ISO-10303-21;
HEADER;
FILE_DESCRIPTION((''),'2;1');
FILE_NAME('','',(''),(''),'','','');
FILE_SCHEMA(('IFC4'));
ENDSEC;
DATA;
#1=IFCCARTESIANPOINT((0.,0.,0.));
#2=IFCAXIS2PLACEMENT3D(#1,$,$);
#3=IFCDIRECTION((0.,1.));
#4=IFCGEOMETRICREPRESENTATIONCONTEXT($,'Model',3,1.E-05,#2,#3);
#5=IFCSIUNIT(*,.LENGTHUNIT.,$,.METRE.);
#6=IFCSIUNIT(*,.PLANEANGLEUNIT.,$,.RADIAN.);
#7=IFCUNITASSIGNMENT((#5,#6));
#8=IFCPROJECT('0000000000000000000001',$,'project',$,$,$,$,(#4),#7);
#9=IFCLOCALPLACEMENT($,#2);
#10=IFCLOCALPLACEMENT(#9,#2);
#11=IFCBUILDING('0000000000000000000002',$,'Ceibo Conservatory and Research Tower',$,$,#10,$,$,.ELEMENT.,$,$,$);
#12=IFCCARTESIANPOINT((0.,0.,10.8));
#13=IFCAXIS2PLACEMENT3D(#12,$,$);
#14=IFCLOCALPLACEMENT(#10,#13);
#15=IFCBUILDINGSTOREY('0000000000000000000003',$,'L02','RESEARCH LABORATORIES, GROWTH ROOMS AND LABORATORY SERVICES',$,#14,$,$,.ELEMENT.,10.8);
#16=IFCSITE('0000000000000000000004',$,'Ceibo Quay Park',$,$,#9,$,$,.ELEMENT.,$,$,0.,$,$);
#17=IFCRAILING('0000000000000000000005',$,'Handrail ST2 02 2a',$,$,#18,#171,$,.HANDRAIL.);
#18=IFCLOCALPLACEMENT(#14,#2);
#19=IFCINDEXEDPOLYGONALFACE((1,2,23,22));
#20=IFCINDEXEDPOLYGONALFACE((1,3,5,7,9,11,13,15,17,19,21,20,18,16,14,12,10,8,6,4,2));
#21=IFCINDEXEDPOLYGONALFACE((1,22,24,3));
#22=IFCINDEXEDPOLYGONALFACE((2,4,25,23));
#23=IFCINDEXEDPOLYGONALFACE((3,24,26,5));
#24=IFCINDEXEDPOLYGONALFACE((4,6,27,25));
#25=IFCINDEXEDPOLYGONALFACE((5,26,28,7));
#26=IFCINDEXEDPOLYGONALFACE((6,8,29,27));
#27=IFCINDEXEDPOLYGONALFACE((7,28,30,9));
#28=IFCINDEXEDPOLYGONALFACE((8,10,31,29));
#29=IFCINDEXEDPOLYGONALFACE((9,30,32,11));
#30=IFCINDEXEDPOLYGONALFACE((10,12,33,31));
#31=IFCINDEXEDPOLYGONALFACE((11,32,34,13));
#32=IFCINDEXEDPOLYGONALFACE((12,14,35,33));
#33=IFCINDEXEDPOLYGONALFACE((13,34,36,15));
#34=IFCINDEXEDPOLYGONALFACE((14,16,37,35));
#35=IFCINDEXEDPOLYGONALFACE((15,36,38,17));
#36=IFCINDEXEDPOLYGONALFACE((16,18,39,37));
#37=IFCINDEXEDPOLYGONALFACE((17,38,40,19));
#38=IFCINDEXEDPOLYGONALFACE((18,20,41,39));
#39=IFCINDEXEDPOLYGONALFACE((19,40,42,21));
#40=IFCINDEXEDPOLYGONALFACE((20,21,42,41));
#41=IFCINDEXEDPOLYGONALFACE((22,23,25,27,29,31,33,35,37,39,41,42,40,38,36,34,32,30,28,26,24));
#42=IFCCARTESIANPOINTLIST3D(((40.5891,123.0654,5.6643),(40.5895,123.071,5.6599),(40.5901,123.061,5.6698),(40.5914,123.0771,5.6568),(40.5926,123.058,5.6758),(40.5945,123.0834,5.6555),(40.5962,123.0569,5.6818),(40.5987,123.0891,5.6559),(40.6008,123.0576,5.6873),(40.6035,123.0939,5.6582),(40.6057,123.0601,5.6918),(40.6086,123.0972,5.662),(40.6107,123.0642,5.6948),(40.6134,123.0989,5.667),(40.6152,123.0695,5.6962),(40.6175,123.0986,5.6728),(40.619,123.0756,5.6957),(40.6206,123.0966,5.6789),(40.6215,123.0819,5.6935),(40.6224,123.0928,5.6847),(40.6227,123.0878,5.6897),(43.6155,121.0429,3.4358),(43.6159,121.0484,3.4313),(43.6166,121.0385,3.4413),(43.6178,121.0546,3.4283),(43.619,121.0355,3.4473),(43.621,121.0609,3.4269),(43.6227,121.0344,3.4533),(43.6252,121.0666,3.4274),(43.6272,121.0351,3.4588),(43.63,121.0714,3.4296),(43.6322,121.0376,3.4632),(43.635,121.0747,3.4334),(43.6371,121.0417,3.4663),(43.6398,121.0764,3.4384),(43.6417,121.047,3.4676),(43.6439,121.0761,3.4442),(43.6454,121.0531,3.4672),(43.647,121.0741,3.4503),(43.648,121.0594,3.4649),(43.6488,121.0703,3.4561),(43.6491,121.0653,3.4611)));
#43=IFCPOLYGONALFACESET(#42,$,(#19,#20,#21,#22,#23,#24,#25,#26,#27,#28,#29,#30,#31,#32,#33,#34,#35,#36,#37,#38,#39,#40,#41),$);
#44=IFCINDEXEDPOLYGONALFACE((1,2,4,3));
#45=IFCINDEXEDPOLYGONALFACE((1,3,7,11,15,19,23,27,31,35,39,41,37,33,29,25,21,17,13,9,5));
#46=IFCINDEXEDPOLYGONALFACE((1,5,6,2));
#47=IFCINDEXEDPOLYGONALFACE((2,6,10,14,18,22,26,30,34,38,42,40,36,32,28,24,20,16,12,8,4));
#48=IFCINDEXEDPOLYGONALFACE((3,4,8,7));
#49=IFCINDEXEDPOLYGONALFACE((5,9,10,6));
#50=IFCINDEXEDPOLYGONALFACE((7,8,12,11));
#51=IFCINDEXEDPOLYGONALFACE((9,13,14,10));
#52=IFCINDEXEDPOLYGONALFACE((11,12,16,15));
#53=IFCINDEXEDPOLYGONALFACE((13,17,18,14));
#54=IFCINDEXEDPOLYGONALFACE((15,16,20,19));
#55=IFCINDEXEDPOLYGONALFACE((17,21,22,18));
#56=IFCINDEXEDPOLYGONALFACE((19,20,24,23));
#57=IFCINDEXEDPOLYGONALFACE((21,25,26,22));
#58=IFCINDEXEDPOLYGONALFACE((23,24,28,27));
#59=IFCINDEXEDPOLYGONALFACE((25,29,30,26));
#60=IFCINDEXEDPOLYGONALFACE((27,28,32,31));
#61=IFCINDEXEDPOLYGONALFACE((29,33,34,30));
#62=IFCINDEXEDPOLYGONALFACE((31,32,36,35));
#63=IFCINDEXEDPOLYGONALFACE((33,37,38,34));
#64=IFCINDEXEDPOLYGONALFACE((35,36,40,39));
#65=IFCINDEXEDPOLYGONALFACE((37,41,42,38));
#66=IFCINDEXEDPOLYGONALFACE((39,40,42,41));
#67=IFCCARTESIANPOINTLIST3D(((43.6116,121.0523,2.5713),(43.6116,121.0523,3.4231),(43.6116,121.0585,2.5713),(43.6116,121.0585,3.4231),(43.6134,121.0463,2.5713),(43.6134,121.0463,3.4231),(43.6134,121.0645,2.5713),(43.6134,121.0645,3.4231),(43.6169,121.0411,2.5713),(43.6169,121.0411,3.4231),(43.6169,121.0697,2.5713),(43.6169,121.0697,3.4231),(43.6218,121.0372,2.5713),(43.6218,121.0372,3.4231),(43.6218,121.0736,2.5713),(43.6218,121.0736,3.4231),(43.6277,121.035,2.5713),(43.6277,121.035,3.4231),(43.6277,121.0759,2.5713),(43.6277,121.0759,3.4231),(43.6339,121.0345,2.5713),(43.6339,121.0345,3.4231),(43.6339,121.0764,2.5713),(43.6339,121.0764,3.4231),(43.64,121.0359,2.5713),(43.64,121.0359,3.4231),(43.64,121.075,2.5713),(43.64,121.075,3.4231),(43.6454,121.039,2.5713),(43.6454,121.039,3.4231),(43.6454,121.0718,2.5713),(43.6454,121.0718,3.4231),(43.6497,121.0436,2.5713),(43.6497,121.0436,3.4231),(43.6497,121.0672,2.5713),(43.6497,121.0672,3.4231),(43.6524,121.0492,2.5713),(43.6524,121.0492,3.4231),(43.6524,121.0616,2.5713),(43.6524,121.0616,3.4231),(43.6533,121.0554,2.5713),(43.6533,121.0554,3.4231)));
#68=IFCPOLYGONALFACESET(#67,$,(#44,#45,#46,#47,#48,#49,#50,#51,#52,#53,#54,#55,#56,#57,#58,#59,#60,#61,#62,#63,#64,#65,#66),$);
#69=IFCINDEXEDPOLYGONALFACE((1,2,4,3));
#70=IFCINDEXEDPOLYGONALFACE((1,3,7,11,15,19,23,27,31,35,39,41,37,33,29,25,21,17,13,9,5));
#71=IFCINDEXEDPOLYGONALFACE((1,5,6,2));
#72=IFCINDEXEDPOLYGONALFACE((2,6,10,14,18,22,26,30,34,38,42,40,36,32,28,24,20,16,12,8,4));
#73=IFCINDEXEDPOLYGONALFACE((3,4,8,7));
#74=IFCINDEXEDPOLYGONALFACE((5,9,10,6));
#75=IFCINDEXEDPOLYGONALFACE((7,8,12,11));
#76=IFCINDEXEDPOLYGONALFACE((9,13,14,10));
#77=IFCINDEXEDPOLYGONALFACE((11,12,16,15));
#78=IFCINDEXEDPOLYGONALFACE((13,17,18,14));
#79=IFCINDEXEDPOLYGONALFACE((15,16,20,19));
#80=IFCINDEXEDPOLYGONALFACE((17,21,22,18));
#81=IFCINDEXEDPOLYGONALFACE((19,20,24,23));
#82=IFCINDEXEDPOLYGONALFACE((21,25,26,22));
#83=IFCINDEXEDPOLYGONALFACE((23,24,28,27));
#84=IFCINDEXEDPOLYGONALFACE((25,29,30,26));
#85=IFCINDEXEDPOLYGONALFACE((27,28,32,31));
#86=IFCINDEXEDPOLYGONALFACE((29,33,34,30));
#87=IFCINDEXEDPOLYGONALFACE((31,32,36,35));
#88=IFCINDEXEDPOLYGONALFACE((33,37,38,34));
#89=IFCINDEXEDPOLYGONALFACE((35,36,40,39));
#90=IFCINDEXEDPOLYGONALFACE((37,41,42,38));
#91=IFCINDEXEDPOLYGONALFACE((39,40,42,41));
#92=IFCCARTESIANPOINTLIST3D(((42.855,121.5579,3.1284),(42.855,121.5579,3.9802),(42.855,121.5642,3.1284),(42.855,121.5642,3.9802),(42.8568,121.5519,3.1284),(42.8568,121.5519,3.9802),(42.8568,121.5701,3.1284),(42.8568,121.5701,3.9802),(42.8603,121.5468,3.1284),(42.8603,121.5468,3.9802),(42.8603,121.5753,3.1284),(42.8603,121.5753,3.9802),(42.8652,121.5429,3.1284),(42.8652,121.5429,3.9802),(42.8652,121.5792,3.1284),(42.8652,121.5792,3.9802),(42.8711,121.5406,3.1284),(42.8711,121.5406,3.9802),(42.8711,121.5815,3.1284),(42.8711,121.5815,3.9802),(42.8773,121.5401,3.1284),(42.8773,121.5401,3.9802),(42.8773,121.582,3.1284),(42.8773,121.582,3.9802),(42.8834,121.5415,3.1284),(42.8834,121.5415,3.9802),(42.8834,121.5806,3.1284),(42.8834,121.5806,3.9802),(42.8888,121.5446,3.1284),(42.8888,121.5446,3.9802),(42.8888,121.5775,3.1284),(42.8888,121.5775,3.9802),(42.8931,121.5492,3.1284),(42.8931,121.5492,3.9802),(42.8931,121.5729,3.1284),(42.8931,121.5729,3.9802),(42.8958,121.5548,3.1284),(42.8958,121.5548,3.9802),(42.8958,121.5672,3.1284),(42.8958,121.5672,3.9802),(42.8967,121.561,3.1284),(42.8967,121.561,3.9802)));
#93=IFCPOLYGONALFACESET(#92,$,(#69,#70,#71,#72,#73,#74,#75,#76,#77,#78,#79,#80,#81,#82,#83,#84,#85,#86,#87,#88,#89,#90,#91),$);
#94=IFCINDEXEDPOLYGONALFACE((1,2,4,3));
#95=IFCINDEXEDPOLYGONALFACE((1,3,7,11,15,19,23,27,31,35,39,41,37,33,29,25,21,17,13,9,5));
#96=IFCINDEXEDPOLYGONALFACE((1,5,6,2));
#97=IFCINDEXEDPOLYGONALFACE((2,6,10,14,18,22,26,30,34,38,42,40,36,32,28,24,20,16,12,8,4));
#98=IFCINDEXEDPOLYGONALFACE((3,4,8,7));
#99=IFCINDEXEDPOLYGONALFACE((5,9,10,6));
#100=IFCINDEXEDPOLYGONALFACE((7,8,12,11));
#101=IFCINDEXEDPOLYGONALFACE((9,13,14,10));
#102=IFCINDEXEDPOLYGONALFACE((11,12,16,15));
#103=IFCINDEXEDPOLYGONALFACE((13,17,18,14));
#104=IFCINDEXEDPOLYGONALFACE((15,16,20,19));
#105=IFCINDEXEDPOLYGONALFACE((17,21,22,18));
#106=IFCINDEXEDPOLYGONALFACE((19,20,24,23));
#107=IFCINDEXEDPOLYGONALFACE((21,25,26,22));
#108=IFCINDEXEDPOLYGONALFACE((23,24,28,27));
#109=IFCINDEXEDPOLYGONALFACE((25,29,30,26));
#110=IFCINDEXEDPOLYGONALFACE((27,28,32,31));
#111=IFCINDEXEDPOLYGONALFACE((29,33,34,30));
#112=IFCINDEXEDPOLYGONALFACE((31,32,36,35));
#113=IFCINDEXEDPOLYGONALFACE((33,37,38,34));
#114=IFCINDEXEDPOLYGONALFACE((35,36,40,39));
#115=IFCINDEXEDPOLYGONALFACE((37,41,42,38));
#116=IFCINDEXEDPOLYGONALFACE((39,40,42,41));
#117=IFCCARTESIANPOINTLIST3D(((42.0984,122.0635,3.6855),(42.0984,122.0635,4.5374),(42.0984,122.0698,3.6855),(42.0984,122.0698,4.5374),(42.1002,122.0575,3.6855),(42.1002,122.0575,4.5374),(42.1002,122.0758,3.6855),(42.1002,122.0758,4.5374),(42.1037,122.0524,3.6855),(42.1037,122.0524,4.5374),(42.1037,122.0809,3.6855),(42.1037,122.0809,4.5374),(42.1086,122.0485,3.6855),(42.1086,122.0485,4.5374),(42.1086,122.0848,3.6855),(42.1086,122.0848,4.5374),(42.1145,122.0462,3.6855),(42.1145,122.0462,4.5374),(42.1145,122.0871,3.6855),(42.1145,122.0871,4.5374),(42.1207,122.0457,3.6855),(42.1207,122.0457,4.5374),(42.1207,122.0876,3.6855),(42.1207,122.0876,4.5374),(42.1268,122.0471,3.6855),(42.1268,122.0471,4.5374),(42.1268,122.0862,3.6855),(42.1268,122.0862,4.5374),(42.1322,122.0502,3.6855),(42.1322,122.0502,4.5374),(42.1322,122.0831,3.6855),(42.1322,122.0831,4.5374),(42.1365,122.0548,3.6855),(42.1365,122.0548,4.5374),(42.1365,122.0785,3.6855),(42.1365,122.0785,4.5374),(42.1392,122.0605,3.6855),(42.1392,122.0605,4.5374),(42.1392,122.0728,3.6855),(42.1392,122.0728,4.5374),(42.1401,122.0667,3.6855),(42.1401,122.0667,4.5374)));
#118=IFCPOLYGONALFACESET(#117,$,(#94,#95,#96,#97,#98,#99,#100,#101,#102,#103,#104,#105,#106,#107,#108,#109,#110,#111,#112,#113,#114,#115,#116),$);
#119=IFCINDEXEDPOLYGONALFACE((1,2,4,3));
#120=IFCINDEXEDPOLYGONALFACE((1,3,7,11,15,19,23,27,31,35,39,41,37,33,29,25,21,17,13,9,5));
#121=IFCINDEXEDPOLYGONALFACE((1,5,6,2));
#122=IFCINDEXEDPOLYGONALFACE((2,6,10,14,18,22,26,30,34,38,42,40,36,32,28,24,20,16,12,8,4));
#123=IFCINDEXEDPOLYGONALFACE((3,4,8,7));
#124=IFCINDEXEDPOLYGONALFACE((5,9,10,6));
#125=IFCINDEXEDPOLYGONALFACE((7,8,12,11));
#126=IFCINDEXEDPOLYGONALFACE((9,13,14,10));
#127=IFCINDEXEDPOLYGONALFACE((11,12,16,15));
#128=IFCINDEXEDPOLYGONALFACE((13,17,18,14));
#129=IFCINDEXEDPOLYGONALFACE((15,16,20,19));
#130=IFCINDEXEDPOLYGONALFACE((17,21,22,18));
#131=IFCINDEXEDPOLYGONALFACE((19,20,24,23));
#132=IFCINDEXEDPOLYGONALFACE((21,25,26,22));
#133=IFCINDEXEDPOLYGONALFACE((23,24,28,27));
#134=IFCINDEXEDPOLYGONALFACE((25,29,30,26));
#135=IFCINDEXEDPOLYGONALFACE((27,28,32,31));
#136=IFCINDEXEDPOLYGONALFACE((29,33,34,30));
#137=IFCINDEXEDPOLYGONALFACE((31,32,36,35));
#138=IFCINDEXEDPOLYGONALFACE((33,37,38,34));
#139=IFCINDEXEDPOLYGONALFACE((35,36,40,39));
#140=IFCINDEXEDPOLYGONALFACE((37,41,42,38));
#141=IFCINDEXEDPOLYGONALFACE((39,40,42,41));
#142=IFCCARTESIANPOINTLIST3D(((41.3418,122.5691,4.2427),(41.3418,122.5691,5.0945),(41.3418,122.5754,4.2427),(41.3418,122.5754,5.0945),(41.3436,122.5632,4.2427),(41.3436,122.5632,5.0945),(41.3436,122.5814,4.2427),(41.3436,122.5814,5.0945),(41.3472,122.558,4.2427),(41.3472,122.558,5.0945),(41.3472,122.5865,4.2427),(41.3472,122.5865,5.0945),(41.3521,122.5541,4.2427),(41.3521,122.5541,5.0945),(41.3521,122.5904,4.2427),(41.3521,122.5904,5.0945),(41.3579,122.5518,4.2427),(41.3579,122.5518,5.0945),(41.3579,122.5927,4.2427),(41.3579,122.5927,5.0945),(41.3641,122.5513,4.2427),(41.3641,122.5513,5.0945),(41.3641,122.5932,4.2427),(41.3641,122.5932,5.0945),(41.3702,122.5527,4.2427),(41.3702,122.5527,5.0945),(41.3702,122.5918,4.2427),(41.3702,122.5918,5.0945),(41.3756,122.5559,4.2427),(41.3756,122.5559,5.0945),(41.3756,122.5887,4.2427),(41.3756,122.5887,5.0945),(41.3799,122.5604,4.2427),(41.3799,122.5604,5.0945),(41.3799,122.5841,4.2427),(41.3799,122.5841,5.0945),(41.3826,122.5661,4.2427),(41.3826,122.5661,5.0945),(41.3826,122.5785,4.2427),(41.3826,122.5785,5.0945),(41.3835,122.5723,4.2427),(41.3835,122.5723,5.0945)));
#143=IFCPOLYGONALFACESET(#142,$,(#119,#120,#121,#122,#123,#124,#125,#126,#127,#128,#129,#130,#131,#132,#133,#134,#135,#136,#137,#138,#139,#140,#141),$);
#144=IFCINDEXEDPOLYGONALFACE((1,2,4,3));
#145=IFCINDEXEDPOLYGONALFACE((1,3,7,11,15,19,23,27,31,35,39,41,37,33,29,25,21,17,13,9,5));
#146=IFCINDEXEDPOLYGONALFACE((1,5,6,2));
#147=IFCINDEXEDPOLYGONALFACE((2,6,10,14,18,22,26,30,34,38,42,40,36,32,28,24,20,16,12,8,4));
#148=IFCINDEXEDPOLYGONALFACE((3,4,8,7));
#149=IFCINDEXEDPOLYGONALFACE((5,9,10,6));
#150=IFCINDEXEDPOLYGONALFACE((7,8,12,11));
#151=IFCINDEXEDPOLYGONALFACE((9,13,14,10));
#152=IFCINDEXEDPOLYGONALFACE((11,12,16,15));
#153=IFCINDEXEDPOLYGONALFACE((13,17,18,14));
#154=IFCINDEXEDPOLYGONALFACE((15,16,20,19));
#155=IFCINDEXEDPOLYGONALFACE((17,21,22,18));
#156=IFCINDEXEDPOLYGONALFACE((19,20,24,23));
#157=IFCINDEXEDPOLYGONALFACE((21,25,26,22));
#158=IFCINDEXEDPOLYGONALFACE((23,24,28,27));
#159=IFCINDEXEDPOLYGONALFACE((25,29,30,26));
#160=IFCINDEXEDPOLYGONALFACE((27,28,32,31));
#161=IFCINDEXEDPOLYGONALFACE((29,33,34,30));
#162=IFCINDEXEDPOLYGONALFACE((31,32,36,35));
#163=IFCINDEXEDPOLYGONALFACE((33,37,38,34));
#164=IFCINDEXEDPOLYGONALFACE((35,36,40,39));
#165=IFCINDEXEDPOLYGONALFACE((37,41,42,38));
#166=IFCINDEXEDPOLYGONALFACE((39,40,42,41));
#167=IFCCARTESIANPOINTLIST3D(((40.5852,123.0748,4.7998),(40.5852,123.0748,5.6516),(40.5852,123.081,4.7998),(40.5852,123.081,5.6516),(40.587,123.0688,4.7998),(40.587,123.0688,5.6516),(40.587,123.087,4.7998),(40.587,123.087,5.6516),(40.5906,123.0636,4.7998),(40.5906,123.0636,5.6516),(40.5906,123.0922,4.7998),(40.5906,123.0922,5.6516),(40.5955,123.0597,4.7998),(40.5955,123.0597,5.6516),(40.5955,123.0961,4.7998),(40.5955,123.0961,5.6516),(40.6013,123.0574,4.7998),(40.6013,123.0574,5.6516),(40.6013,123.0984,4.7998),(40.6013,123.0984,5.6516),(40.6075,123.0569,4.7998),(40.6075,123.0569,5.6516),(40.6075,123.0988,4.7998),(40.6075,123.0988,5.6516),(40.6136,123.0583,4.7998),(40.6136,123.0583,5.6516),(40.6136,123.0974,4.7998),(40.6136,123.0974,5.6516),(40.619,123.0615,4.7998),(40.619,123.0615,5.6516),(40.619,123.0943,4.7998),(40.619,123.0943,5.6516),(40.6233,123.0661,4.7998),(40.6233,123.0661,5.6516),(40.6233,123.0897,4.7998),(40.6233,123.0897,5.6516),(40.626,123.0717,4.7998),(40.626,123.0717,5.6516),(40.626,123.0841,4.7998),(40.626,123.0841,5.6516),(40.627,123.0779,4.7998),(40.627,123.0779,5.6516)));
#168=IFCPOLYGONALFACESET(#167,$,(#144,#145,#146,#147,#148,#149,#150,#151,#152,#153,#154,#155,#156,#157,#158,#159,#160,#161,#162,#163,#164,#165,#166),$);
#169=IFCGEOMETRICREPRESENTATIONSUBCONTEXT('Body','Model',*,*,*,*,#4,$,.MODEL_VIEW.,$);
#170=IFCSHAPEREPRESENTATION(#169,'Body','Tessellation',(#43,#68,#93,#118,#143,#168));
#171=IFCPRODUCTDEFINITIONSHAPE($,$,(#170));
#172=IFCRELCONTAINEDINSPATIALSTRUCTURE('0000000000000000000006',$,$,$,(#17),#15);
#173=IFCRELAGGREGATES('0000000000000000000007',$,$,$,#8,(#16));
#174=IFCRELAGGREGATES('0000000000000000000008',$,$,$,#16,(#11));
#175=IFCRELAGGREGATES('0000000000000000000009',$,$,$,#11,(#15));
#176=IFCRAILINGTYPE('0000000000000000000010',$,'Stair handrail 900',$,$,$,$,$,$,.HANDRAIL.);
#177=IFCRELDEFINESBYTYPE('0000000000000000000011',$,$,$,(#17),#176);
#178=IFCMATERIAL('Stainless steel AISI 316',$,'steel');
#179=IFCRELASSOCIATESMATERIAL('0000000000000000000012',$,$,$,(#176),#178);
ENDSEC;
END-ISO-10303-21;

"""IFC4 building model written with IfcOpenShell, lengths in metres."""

from ifc_helpers import new_model, si_unit, direction, frame, origin, origin_2d, place, context, subcontext, project, spatial, circle, extrude, material, type_object, element, save


model = new_model("IFC4")

# Units and contexts
model_context = context("Model", 3, precision=1e-05, world=origin(), true_north=direction((0.0, 1.0)))
body_context = subcontext(model_context, "Body", "Model", "MODEL_VIEW")
ifc_project = project(units=[si_unit("LENGTHUNIT", "METRE"), si_unit("PLANEANGLEUNIT", "RADIAN")], contexts=[model_context])

# Site, building, storey
site_placement = place(None, origin())
site = spatial("IfcSite", under=ifc_project, at=site_placement, Name="Ceibo Quay Park", CompositionType="ELEMENT", RefElevation=0.0)
building_placement = place(site_placement, origin())
building = spatial("IfcBuilding", under=site, at=building_placement, Name="Ceibo Conservatory and Research Tower", CompositionType="ELEMENT")
storey_placement = place(building_placement, frame((0.0, 0.0, 10.8)))
storey = spatial("IfcBuildingStorey", under=building, at=storey_placement, Name="L02", Description="RESEARCH LABORATORIES, GROWTH ROOMS AND LABORATORY SERVICES", CompositionType="ELEMENT", Elevation=10.8)

# Shared definitions
ifc_material_1 = material(Name="Stainless steel AISI 316", Category="steel")

# Railing
railing_type = type_object("IfcRailingType", Name="Stair handrail 900", PredefinedType="HANDRAIL", material=ifc_material_1)
railing_1_placement = place(storey_placement, frame((43.6323, 121.0554, 2.5713)))
element("IfcRailing", 1, at=railing_1_placement, inside=storey, type_object=railing_type, Name="Handrail ST2 02 2a", PredefinedType="HANDRAIL", context=body_context, shape_type="SweptSolid", body=[
    extrude(circle(Radius=0.0239, at=origin_2d()), frame((0.0, 0.0, 0.876), z_axis=(-0.709089, 0.47387, 0.522149), x_axis=(-0.555629, -0.831431, 0.0)), (0.0, 0.0, 1.0), 4.2681),
    extrude(circle(Radius=0.021, at=origin_2d()), origin(), (0.0, 0.0, 1.0), 0.8518),
    extrude(circle(Radius=0.021, at=origin_2d()), frame((-0.7566, 0.5056, 0.5571)), (0.0, 0.0, 1.0), 0.8518),
    extrude(circle(Radius=0.021, at=origin_2d()), frame((-1.5132, 1.0112, 1.1143)), (0.0, 0.0, 1.0), 0.8518),
    extrude(circle(Radius=0.021, at=origin_2d()), frame((-2.2698, 1.5168, 1.6714)), (0.0, 0.0, 1.0), 0.8518),
    extrude(circle(Radius=0.021, at=origin_2d()), frame((-3.0264, 2.0225, 2.2285)), (0.0, 0.0, 1.0), 0.8518),
])

save(model, "model.ifc")
